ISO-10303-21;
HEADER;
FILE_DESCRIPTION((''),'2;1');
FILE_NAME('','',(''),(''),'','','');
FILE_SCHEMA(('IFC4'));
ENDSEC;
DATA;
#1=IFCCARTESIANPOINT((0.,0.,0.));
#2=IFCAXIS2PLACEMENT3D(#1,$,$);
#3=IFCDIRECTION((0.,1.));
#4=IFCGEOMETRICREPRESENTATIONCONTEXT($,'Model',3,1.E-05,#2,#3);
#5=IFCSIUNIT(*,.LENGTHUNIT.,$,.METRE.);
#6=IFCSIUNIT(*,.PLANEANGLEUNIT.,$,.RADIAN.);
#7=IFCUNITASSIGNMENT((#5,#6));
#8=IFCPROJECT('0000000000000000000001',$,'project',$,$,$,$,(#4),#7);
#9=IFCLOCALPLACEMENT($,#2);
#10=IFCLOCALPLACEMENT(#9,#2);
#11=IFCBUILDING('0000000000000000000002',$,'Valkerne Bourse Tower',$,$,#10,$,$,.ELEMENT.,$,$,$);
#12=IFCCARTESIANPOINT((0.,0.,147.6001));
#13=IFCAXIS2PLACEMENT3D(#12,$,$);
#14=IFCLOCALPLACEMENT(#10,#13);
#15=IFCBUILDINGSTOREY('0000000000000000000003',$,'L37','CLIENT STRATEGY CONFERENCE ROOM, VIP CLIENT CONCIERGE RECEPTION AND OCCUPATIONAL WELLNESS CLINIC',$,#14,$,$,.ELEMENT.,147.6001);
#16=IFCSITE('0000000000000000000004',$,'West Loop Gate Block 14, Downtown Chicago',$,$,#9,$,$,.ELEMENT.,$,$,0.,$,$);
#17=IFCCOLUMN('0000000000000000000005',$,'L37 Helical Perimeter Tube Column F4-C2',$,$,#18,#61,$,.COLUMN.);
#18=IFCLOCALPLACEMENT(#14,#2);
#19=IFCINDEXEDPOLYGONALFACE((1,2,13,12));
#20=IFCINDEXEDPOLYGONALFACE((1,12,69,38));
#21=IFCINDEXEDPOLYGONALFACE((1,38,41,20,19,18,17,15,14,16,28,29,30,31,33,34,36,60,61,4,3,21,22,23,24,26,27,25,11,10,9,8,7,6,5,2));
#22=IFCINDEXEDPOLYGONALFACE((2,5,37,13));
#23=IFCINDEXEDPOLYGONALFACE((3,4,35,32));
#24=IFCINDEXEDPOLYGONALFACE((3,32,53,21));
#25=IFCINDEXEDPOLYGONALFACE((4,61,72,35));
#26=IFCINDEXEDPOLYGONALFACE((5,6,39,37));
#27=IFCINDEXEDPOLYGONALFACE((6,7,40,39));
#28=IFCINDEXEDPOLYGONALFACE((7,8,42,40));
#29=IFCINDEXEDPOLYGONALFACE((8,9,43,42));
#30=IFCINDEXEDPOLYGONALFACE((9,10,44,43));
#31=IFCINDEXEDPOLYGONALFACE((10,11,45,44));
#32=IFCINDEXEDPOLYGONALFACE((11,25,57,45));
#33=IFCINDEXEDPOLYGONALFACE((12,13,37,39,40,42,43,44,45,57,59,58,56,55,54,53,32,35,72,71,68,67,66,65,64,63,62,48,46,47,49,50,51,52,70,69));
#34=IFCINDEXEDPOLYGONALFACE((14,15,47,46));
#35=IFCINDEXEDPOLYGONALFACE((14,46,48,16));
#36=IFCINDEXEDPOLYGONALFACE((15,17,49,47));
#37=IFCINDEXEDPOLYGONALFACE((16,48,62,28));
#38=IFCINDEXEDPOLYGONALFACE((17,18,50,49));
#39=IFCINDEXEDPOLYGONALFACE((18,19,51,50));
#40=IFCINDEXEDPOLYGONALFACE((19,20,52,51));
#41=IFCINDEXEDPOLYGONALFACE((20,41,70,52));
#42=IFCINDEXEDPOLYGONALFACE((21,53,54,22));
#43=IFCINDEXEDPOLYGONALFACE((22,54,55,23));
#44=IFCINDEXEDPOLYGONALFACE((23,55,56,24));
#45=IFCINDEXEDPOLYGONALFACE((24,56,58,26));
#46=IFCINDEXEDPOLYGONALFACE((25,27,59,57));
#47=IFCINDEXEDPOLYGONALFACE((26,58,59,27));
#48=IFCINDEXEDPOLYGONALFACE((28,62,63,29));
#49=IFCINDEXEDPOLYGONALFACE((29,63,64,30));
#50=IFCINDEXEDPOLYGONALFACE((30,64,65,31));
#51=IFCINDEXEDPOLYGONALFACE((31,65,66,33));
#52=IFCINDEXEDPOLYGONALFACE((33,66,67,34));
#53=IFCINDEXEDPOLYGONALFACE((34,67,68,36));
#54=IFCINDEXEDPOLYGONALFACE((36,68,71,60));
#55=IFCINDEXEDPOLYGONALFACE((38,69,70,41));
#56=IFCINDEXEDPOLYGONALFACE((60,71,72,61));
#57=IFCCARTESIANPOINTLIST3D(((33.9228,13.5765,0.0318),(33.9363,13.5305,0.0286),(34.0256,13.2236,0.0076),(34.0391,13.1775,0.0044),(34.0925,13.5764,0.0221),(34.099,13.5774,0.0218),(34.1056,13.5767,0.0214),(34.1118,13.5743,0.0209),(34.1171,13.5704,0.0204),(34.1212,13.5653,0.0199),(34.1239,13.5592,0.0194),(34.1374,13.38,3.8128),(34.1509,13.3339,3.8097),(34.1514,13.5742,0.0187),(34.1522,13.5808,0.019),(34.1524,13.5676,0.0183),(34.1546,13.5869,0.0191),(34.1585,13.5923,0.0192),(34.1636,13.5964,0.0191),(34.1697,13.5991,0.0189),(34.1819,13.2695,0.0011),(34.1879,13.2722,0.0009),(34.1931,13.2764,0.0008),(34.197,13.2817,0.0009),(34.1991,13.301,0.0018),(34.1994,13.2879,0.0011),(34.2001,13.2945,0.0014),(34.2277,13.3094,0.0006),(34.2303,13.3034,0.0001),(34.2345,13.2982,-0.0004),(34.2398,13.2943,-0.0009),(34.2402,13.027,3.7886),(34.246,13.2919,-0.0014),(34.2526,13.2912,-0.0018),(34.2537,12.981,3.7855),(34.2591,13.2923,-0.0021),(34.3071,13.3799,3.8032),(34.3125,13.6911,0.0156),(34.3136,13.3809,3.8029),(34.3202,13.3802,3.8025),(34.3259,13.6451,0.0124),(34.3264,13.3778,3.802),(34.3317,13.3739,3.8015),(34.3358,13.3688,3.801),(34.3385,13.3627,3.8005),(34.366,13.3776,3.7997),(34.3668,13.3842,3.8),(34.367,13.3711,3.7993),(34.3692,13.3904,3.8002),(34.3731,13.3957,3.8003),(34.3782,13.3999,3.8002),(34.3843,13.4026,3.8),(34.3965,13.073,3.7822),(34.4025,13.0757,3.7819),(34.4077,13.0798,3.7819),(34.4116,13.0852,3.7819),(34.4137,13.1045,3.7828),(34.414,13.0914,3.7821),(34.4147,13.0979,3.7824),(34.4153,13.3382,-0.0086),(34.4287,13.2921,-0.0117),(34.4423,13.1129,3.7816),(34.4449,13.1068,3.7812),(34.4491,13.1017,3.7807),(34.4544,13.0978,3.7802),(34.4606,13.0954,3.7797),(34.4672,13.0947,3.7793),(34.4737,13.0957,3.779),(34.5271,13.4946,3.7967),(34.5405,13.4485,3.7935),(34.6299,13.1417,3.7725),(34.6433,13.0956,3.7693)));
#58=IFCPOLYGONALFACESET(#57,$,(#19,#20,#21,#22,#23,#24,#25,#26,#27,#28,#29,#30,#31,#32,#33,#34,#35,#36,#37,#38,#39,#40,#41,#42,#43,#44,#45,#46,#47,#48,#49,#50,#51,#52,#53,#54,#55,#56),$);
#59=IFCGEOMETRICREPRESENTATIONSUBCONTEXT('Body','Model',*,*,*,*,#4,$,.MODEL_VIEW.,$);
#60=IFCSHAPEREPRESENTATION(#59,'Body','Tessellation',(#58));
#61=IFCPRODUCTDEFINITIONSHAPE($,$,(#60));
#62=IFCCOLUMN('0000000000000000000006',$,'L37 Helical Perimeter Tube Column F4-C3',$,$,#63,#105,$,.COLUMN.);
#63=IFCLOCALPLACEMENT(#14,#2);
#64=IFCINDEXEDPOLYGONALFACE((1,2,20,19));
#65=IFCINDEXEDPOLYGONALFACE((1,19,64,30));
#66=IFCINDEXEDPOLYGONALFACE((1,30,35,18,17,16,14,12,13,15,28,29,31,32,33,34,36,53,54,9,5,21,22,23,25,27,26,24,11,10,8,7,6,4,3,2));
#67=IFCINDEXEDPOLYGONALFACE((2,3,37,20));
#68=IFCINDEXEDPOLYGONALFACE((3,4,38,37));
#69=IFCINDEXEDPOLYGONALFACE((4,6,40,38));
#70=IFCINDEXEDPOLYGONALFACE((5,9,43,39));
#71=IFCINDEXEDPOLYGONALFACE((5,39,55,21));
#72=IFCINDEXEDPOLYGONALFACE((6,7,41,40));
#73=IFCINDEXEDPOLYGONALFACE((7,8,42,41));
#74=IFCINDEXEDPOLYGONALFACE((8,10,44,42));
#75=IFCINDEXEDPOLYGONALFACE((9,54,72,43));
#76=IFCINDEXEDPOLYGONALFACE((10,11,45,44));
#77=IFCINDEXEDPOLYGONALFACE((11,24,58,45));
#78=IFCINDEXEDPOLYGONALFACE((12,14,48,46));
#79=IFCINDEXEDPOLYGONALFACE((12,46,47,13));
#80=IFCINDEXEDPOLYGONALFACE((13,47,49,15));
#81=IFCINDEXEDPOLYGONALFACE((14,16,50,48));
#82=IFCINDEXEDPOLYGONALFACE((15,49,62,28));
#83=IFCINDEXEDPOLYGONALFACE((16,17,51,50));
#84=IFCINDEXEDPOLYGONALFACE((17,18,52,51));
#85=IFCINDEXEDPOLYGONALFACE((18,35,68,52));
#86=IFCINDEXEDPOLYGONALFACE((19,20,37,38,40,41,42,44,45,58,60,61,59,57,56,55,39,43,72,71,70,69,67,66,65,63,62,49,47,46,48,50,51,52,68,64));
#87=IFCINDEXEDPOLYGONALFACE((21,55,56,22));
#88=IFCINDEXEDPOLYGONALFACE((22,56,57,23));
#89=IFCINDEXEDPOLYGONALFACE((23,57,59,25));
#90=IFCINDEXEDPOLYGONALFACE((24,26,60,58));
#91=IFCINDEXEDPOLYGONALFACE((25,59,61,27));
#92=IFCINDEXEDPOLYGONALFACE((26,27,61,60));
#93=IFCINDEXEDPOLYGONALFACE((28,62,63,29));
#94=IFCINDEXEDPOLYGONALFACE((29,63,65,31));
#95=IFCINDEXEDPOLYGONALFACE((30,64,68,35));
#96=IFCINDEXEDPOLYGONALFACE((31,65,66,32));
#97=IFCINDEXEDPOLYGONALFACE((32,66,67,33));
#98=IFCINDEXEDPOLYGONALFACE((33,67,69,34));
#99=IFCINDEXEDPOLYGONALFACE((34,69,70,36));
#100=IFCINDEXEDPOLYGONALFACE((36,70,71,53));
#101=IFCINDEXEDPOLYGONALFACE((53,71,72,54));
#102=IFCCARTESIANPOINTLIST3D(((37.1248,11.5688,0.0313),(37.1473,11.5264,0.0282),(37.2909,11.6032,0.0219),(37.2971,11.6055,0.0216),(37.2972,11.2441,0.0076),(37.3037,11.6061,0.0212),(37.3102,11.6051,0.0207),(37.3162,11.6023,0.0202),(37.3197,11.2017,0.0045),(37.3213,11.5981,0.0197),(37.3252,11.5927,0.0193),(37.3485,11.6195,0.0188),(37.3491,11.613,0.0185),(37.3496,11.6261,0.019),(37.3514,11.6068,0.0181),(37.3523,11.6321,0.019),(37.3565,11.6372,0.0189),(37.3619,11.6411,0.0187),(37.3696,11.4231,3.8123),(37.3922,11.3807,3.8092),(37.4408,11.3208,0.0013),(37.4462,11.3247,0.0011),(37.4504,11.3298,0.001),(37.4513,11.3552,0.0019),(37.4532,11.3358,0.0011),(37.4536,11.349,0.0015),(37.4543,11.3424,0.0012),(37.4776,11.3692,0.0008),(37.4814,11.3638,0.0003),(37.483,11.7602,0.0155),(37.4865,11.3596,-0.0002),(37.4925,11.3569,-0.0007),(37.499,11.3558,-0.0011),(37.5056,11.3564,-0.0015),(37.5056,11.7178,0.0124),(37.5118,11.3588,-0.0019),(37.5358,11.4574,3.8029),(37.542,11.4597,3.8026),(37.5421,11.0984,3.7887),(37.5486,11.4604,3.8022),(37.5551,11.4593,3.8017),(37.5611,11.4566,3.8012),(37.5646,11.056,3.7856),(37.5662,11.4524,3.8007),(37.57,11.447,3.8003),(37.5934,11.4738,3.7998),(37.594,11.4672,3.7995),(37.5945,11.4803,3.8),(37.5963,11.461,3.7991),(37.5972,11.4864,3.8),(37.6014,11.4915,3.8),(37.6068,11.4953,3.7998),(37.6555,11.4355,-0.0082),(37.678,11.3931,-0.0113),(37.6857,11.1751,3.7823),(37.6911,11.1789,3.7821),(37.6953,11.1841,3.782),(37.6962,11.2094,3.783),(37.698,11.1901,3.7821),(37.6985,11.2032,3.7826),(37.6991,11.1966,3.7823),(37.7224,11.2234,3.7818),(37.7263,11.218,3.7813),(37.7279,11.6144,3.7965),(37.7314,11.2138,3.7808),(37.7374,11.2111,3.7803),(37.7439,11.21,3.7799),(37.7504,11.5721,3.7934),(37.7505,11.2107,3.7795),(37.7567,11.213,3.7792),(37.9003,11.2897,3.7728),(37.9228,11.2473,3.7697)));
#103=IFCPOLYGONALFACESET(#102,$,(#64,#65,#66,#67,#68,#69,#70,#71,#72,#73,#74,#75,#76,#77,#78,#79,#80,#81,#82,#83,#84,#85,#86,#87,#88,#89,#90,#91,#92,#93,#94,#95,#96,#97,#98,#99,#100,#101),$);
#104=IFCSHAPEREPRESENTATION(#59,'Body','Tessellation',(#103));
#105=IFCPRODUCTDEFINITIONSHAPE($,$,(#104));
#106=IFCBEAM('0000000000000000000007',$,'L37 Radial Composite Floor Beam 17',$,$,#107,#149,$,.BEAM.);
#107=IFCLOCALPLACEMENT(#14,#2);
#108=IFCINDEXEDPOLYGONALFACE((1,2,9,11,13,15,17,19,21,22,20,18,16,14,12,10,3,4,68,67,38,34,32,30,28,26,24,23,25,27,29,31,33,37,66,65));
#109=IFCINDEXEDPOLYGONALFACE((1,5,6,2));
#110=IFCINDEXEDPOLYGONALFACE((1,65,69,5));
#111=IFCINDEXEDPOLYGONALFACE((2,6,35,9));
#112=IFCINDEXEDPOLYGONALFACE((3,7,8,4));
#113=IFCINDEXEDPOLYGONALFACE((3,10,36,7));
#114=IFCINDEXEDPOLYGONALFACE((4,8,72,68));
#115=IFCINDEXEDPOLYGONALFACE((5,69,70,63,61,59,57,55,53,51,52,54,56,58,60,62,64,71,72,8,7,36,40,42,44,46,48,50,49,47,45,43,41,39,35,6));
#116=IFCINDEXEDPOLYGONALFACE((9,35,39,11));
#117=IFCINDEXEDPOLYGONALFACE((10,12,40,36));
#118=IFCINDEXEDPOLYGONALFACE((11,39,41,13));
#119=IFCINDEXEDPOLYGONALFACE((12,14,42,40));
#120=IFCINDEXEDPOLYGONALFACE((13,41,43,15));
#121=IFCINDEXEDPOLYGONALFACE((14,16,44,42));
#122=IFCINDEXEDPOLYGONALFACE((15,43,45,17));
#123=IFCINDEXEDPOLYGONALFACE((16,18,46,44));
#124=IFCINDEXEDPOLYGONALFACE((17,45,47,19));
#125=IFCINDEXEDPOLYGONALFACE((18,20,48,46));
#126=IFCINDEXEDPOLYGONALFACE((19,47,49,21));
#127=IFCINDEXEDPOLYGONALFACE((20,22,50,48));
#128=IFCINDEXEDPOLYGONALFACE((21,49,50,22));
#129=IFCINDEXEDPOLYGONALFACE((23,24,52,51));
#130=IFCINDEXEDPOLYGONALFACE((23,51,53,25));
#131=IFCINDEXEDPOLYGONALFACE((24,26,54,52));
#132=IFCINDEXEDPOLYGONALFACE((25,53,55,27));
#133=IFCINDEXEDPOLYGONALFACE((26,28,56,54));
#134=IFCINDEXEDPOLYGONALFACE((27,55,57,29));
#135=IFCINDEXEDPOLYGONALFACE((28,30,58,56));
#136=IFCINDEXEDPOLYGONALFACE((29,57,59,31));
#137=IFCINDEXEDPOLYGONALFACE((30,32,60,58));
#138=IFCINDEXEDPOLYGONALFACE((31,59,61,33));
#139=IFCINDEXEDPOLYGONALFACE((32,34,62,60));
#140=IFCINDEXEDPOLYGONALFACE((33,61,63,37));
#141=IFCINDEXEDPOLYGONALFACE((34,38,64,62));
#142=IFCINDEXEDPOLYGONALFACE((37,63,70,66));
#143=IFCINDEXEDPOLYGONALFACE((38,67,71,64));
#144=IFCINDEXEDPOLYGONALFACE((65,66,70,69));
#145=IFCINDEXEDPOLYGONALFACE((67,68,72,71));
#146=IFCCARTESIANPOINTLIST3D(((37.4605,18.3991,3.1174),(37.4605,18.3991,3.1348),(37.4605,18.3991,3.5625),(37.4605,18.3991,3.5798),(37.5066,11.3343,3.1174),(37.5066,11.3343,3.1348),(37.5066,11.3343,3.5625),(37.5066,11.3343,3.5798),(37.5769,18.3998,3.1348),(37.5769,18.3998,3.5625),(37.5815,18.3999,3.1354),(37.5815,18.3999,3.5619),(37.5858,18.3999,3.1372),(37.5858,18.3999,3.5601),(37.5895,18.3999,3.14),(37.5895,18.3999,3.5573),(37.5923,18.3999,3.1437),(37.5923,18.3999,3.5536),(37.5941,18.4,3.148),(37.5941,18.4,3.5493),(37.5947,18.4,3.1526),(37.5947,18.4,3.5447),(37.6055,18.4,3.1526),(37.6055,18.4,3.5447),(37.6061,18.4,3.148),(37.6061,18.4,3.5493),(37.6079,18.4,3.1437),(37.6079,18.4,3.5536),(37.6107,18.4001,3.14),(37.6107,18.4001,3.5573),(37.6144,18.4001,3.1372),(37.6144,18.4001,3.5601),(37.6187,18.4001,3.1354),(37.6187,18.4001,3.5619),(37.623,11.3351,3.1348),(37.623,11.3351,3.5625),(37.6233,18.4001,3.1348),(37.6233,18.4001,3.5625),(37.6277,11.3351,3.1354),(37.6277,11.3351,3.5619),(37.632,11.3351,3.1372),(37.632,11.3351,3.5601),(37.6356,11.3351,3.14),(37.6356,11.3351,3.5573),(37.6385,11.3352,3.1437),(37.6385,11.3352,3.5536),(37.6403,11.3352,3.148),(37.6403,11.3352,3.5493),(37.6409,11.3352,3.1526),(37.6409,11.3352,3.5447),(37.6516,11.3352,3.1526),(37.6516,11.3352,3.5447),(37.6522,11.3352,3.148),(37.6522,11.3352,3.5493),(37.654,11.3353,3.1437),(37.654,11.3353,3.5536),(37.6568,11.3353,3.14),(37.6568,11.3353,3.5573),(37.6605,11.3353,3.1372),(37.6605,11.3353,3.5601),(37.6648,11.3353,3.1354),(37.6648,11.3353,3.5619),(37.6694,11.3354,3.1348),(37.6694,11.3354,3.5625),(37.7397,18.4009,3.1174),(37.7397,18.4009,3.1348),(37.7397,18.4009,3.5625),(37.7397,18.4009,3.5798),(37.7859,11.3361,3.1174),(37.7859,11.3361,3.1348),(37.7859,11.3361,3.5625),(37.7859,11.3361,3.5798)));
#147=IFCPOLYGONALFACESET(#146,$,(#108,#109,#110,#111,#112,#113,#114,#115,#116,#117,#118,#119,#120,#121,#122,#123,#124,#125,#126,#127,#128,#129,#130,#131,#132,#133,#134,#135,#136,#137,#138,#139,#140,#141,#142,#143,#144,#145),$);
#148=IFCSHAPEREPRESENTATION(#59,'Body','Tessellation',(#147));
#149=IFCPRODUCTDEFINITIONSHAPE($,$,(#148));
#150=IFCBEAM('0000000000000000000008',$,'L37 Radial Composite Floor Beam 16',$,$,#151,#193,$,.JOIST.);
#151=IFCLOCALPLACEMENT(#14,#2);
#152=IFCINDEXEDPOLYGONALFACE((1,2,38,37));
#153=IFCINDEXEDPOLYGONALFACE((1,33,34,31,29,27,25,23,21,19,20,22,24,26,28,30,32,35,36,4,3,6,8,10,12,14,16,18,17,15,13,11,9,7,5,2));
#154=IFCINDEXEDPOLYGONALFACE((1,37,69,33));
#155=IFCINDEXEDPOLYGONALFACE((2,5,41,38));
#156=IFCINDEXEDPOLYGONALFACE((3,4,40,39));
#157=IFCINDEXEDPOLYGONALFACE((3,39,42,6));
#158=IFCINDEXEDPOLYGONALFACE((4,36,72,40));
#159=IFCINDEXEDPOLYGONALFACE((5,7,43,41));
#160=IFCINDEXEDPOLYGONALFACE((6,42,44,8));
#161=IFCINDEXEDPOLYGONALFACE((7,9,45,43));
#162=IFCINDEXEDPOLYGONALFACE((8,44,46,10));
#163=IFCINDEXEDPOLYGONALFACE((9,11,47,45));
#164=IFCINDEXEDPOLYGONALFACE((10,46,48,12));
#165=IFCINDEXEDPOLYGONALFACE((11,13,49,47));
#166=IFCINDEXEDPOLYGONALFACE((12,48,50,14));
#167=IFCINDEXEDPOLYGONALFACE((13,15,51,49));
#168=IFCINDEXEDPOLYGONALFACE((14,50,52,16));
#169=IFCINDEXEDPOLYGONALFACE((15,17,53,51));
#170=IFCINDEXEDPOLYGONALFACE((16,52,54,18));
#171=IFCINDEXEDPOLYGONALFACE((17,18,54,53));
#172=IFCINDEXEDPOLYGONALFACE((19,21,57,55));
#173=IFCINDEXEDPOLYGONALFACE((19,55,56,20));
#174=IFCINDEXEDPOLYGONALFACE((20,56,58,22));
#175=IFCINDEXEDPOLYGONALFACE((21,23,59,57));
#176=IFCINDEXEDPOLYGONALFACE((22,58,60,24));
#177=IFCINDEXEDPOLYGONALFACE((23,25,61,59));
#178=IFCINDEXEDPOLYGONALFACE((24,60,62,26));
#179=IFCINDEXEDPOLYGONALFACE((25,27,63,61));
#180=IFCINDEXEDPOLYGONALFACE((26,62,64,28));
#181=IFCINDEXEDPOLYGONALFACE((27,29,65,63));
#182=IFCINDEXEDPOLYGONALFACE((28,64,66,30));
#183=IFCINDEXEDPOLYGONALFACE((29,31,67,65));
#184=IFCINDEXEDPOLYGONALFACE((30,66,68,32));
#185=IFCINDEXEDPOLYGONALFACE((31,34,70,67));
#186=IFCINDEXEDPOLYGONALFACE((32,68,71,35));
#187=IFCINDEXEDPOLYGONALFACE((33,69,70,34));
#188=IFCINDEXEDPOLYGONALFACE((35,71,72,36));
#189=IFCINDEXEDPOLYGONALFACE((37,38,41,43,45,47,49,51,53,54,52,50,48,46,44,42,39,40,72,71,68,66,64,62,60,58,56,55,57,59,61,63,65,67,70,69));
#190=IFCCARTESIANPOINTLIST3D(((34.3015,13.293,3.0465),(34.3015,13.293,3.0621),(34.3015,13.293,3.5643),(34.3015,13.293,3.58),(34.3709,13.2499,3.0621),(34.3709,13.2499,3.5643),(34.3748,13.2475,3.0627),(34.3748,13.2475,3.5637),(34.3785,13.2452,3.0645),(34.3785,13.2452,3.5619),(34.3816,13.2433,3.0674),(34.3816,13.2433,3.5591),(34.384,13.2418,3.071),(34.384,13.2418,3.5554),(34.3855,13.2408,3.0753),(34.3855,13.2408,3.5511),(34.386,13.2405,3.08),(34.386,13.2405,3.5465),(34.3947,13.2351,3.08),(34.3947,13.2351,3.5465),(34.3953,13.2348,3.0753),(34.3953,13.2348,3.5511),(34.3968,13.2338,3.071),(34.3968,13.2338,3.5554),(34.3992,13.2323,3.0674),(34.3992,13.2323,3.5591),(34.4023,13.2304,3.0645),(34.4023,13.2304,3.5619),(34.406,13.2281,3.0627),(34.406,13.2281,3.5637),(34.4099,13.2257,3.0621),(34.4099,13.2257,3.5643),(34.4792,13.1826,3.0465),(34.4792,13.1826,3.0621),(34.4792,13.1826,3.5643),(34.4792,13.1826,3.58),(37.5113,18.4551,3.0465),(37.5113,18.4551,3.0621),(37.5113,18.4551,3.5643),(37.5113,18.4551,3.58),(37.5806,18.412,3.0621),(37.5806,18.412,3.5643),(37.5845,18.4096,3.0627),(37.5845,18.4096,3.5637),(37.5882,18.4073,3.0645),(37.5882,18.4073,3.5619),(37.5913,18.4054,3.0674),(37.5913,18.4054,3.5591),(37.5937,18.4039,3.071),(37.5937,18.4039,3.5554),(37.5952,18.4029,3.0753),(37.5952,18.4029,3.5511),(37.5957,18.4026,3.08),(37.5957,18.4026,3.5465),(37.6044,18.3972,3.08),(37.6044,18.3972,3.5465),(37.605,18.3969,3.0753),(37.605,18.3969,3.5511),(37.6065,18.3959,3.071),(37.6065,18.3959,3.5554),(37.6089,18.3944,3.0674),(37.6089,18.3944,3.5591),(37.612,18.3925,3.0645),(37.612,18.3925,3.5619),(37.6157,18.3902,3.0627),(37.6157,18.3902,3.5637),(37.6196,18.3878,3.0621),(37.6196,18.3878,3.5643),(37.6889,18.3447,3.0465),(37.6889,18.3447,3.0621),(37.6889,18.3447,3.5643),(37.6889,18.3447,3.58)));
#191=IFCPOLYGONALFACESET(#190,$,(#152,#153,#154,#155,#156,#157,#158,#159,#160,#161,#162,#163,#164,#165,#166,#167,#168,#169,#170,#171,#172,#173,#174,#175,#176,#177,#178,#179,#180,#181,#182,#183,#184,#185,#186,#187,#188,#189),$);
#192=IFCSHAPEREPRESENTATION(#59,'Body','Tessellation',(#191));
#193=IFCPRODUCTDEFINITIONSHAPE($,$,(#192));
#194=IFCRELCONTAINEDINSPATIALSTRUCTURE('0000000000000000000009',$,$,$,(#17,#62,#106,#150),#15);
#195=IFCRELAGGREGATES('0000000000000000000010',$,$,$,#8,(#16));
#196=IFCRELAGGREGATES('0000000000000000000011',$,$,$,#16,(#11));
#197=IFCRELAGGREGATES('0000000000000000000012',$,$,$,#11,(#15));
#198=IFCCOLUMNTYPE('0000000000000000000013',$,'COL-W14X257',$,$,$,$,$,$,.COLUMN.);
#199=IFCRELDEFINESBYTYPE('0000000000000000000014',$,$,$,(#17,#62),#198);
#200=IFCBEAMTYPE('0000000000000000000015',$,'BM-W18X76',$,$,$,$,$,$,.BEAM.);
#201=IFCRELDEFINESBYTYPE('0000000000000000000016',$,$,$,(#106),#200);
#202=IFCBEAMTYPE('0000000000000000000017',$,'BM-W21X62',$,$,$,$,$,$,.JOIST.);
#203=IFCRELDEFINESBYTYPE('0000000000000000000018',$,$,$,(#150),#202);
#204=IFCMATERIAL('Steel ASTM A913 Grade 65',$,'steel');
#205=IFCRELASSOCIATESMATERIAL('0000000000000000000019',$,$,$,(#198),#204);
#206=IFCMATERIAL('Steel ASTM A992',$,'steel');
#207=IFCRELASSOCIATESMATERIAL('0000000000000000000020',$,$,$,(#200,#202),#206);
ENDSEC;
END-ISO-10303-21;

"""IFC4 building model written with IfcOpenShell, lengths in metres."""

from ifc_helpers import new_model, si_unit, direction, frame, origin, origin_2d, place, context, subcontext, project, spatial, i_section, extrude, material, material_profile, profile_set, type_object, element, save


model = new_model("IFC4")

# Units and contexts
model_context = context("Model", 3, precision=1e-05, world=origin(), true_north=direction((0.0, 1.0)))
body_context = subcontext(model_context, "Body", "Model", "MODEL_VIEW")
ifc_project = project(units=[si_unit("LENGTHUNIT", "METRE"), si_unit("PLANEANGLEUNIT", "RADIAN")], contexts=[model_context])

# Site, building, storey
site_placement = place(None, origin())
site = spatial("IfcSite", under=ifc_project, at=site_placement, Name="West Loop Gate Block 14, Downtown Chicago", CompositionType="ELEMENT", RefElevation=0.0)
building_placement = place(site_placement, origin())
building = spatial("IfcBuilding", under=site, at=building_placement, Name="Valkerne Bourse Tower", CompositionType="ELEMENT")
storey_placement = place(building_placement, frame((0.0, 0.0, 147.6001)))
storey = spatial("IfcBuildingStorey", under=building, at=storey_placement, Name="L37", Description="CLIENT STRATEGY CONFERENCE ROOM, VIP CLIENT CONCIERGE RECEPTION AND OCCUPATIONAL WELLNESS CLINIC", CompositionType="ELEMENT", Elevation=147.6001)

# Columns
ifc_material_1 = material(Name="Steel ASTM A913 Grade 65", Category="steel")
ifc_material_profile_1 = material_profile(ifc_material_1, i_section(OverallWidth=0.4065, OverallDepth=0.4165, WebThickness=0.0298, FlangeThickness=0.0481, FilletRadius=0.0254, at=origin_2d()), Name="W14X257")
ifc_profile_set_1 = profile_set([ifc_material_profile_1], Name="Steel ASTM A913 Grade 65")
column_type = type_object("IfcColumnType", Name="COL-W14X257", PredefinedType="COLUMN", material=ifc_profile_set_1)
column_1_placement = place(storey_placement, frame((34.1758, 13.4343, 0.01), z_axis=(0.05659, -0.051826, 0.997051), x_axis=(0.9586, 0.281968, -0.039751)))
element("IfcColumn", 1, at=column_1_placement, inside=storey, type_object=column_type, Name="L37 Helical Perimeter Tube Column F4-C2", PredefinedType="COLUMN", context=body_context, shape_type="SweptSolid", body=[
    extrude(i_section(OverallWidth=0.4065, OverallDepth=0.4165, WebThickness=0.0298, FlangeThickness=0.0481, FilletRadius=0.0254, at=origin_2d()), origin(), (0.0, 0.0, 1.0), 3.7922),
])
column_2_placement = place(storey_placement, frame((37.4014, 11.481, 0.01), z_axis=(0.064581, -0.038439, 0.997172), x_axis=(0.881375, 0.470811, -0.038932)))
element("IfcColumn", 2, at=column_2_placement, inside=storey, type_object=column_type, Name="L37 Helical Perimeter Tube Column F4-C3", PredefinedType="COLUMN", context=body_context, shape_type="SweptSolid", body=[
    extrude(i_section(OverallWidth=0.4065, OverallDepth=0.4165, WebThickness=0.0298, FlangeThickness=0.0481, FilletRadius=0.0254, at=origin_2d()), origin(), (0.0, 0.0, 1.0), 3.7917),
])

# Beams
ifc_material_2 = material(Name="Steel ASTM A992", Category="steel")
ifc_material_profile_2 = material_profile(ifc_material_2, i_section(OverallWidth=0.2793, OverallDepth=0.4624, WebThickness=0.0107, FlangeThickness=0.0173, FilletRadius=0.0178, at=origin_2d()), Name="W18X76")
ifc_profile_set_2 = profile_set([ifc_material_profile_2], Name="Steel ASTM A992")
beam_type_1 = type_object("IfcBeamType", Name="BM-W18X76", PredefinedType="BEAM", material=ifc_profile_set_2)
beam_1_placement = place(storey_placement, frame((37.6462, 11.3352, 3.3486), z_axis=(-0.006531, 0.999979, 0.0), x_axis=(-0.999979, -0.006531, 0.0)))
element("IfcBeam", 3, at=beam_1_placement, inside=storey, type_object=beam_type_1, Name="L37 Radial Composite Floor Beam 17", PredefinedType="BEAM", context=body_context, shape_type="SweptSolid", body=[
    extrude(i_section(OverallWidth=0.2793, OverallDepth=0.4624, WebThickness=0.0107, FlangeThickness=0.0173, FilletRadius=0.0178, at=origin_2d()), origin(), (0.0, 0.0, 1.0), 7.0649),
])
ifc_material_profile_3 = material_profile(ifc_material_2, i_section(OverallWidth=0.2092, OverallDepth=0.5334, WebThickness=0.0103, FlangeThickness=0.0156, FilletRadius=0.0178, at=origin_2d()), Name="W21X62")
ifc_profile_set_3 = profile_set([ifc_material_profile_3], Name="Steel ASTM A992")
beam_type_2 = type_object("IfcBeamType", Name="BM-W21X62", PredefinedType="JOIST", material=ifc_profile_set_3)
beam_2_placement = place(storey_placement, frame((34.3904, 13.2378, 3.3132), z_axis=(0.528034, 0.849224, 0.0), x_axis=(-0.849224, 0.528034, 0.0)))
element("IfcBeam", 4, at=beam_2_placement, inside=storey, type_object=beam_type_2, Name="L37 Radial Composite Floor Beam 16", PredefinedType="JOIST", context=body_context, shape_type="SweptSolid", body=[
    extrude(i_section(OverallWidth=0.2092, OverallDepth=0.5334, WebThickness=0.0103, FlangeThickness=0.0156, FilletRadius=0.0178, at=origin_2d()), origin(), (0.0, 0.0, 1.0), 6.0786),
])

save(model, "model.ifc")
